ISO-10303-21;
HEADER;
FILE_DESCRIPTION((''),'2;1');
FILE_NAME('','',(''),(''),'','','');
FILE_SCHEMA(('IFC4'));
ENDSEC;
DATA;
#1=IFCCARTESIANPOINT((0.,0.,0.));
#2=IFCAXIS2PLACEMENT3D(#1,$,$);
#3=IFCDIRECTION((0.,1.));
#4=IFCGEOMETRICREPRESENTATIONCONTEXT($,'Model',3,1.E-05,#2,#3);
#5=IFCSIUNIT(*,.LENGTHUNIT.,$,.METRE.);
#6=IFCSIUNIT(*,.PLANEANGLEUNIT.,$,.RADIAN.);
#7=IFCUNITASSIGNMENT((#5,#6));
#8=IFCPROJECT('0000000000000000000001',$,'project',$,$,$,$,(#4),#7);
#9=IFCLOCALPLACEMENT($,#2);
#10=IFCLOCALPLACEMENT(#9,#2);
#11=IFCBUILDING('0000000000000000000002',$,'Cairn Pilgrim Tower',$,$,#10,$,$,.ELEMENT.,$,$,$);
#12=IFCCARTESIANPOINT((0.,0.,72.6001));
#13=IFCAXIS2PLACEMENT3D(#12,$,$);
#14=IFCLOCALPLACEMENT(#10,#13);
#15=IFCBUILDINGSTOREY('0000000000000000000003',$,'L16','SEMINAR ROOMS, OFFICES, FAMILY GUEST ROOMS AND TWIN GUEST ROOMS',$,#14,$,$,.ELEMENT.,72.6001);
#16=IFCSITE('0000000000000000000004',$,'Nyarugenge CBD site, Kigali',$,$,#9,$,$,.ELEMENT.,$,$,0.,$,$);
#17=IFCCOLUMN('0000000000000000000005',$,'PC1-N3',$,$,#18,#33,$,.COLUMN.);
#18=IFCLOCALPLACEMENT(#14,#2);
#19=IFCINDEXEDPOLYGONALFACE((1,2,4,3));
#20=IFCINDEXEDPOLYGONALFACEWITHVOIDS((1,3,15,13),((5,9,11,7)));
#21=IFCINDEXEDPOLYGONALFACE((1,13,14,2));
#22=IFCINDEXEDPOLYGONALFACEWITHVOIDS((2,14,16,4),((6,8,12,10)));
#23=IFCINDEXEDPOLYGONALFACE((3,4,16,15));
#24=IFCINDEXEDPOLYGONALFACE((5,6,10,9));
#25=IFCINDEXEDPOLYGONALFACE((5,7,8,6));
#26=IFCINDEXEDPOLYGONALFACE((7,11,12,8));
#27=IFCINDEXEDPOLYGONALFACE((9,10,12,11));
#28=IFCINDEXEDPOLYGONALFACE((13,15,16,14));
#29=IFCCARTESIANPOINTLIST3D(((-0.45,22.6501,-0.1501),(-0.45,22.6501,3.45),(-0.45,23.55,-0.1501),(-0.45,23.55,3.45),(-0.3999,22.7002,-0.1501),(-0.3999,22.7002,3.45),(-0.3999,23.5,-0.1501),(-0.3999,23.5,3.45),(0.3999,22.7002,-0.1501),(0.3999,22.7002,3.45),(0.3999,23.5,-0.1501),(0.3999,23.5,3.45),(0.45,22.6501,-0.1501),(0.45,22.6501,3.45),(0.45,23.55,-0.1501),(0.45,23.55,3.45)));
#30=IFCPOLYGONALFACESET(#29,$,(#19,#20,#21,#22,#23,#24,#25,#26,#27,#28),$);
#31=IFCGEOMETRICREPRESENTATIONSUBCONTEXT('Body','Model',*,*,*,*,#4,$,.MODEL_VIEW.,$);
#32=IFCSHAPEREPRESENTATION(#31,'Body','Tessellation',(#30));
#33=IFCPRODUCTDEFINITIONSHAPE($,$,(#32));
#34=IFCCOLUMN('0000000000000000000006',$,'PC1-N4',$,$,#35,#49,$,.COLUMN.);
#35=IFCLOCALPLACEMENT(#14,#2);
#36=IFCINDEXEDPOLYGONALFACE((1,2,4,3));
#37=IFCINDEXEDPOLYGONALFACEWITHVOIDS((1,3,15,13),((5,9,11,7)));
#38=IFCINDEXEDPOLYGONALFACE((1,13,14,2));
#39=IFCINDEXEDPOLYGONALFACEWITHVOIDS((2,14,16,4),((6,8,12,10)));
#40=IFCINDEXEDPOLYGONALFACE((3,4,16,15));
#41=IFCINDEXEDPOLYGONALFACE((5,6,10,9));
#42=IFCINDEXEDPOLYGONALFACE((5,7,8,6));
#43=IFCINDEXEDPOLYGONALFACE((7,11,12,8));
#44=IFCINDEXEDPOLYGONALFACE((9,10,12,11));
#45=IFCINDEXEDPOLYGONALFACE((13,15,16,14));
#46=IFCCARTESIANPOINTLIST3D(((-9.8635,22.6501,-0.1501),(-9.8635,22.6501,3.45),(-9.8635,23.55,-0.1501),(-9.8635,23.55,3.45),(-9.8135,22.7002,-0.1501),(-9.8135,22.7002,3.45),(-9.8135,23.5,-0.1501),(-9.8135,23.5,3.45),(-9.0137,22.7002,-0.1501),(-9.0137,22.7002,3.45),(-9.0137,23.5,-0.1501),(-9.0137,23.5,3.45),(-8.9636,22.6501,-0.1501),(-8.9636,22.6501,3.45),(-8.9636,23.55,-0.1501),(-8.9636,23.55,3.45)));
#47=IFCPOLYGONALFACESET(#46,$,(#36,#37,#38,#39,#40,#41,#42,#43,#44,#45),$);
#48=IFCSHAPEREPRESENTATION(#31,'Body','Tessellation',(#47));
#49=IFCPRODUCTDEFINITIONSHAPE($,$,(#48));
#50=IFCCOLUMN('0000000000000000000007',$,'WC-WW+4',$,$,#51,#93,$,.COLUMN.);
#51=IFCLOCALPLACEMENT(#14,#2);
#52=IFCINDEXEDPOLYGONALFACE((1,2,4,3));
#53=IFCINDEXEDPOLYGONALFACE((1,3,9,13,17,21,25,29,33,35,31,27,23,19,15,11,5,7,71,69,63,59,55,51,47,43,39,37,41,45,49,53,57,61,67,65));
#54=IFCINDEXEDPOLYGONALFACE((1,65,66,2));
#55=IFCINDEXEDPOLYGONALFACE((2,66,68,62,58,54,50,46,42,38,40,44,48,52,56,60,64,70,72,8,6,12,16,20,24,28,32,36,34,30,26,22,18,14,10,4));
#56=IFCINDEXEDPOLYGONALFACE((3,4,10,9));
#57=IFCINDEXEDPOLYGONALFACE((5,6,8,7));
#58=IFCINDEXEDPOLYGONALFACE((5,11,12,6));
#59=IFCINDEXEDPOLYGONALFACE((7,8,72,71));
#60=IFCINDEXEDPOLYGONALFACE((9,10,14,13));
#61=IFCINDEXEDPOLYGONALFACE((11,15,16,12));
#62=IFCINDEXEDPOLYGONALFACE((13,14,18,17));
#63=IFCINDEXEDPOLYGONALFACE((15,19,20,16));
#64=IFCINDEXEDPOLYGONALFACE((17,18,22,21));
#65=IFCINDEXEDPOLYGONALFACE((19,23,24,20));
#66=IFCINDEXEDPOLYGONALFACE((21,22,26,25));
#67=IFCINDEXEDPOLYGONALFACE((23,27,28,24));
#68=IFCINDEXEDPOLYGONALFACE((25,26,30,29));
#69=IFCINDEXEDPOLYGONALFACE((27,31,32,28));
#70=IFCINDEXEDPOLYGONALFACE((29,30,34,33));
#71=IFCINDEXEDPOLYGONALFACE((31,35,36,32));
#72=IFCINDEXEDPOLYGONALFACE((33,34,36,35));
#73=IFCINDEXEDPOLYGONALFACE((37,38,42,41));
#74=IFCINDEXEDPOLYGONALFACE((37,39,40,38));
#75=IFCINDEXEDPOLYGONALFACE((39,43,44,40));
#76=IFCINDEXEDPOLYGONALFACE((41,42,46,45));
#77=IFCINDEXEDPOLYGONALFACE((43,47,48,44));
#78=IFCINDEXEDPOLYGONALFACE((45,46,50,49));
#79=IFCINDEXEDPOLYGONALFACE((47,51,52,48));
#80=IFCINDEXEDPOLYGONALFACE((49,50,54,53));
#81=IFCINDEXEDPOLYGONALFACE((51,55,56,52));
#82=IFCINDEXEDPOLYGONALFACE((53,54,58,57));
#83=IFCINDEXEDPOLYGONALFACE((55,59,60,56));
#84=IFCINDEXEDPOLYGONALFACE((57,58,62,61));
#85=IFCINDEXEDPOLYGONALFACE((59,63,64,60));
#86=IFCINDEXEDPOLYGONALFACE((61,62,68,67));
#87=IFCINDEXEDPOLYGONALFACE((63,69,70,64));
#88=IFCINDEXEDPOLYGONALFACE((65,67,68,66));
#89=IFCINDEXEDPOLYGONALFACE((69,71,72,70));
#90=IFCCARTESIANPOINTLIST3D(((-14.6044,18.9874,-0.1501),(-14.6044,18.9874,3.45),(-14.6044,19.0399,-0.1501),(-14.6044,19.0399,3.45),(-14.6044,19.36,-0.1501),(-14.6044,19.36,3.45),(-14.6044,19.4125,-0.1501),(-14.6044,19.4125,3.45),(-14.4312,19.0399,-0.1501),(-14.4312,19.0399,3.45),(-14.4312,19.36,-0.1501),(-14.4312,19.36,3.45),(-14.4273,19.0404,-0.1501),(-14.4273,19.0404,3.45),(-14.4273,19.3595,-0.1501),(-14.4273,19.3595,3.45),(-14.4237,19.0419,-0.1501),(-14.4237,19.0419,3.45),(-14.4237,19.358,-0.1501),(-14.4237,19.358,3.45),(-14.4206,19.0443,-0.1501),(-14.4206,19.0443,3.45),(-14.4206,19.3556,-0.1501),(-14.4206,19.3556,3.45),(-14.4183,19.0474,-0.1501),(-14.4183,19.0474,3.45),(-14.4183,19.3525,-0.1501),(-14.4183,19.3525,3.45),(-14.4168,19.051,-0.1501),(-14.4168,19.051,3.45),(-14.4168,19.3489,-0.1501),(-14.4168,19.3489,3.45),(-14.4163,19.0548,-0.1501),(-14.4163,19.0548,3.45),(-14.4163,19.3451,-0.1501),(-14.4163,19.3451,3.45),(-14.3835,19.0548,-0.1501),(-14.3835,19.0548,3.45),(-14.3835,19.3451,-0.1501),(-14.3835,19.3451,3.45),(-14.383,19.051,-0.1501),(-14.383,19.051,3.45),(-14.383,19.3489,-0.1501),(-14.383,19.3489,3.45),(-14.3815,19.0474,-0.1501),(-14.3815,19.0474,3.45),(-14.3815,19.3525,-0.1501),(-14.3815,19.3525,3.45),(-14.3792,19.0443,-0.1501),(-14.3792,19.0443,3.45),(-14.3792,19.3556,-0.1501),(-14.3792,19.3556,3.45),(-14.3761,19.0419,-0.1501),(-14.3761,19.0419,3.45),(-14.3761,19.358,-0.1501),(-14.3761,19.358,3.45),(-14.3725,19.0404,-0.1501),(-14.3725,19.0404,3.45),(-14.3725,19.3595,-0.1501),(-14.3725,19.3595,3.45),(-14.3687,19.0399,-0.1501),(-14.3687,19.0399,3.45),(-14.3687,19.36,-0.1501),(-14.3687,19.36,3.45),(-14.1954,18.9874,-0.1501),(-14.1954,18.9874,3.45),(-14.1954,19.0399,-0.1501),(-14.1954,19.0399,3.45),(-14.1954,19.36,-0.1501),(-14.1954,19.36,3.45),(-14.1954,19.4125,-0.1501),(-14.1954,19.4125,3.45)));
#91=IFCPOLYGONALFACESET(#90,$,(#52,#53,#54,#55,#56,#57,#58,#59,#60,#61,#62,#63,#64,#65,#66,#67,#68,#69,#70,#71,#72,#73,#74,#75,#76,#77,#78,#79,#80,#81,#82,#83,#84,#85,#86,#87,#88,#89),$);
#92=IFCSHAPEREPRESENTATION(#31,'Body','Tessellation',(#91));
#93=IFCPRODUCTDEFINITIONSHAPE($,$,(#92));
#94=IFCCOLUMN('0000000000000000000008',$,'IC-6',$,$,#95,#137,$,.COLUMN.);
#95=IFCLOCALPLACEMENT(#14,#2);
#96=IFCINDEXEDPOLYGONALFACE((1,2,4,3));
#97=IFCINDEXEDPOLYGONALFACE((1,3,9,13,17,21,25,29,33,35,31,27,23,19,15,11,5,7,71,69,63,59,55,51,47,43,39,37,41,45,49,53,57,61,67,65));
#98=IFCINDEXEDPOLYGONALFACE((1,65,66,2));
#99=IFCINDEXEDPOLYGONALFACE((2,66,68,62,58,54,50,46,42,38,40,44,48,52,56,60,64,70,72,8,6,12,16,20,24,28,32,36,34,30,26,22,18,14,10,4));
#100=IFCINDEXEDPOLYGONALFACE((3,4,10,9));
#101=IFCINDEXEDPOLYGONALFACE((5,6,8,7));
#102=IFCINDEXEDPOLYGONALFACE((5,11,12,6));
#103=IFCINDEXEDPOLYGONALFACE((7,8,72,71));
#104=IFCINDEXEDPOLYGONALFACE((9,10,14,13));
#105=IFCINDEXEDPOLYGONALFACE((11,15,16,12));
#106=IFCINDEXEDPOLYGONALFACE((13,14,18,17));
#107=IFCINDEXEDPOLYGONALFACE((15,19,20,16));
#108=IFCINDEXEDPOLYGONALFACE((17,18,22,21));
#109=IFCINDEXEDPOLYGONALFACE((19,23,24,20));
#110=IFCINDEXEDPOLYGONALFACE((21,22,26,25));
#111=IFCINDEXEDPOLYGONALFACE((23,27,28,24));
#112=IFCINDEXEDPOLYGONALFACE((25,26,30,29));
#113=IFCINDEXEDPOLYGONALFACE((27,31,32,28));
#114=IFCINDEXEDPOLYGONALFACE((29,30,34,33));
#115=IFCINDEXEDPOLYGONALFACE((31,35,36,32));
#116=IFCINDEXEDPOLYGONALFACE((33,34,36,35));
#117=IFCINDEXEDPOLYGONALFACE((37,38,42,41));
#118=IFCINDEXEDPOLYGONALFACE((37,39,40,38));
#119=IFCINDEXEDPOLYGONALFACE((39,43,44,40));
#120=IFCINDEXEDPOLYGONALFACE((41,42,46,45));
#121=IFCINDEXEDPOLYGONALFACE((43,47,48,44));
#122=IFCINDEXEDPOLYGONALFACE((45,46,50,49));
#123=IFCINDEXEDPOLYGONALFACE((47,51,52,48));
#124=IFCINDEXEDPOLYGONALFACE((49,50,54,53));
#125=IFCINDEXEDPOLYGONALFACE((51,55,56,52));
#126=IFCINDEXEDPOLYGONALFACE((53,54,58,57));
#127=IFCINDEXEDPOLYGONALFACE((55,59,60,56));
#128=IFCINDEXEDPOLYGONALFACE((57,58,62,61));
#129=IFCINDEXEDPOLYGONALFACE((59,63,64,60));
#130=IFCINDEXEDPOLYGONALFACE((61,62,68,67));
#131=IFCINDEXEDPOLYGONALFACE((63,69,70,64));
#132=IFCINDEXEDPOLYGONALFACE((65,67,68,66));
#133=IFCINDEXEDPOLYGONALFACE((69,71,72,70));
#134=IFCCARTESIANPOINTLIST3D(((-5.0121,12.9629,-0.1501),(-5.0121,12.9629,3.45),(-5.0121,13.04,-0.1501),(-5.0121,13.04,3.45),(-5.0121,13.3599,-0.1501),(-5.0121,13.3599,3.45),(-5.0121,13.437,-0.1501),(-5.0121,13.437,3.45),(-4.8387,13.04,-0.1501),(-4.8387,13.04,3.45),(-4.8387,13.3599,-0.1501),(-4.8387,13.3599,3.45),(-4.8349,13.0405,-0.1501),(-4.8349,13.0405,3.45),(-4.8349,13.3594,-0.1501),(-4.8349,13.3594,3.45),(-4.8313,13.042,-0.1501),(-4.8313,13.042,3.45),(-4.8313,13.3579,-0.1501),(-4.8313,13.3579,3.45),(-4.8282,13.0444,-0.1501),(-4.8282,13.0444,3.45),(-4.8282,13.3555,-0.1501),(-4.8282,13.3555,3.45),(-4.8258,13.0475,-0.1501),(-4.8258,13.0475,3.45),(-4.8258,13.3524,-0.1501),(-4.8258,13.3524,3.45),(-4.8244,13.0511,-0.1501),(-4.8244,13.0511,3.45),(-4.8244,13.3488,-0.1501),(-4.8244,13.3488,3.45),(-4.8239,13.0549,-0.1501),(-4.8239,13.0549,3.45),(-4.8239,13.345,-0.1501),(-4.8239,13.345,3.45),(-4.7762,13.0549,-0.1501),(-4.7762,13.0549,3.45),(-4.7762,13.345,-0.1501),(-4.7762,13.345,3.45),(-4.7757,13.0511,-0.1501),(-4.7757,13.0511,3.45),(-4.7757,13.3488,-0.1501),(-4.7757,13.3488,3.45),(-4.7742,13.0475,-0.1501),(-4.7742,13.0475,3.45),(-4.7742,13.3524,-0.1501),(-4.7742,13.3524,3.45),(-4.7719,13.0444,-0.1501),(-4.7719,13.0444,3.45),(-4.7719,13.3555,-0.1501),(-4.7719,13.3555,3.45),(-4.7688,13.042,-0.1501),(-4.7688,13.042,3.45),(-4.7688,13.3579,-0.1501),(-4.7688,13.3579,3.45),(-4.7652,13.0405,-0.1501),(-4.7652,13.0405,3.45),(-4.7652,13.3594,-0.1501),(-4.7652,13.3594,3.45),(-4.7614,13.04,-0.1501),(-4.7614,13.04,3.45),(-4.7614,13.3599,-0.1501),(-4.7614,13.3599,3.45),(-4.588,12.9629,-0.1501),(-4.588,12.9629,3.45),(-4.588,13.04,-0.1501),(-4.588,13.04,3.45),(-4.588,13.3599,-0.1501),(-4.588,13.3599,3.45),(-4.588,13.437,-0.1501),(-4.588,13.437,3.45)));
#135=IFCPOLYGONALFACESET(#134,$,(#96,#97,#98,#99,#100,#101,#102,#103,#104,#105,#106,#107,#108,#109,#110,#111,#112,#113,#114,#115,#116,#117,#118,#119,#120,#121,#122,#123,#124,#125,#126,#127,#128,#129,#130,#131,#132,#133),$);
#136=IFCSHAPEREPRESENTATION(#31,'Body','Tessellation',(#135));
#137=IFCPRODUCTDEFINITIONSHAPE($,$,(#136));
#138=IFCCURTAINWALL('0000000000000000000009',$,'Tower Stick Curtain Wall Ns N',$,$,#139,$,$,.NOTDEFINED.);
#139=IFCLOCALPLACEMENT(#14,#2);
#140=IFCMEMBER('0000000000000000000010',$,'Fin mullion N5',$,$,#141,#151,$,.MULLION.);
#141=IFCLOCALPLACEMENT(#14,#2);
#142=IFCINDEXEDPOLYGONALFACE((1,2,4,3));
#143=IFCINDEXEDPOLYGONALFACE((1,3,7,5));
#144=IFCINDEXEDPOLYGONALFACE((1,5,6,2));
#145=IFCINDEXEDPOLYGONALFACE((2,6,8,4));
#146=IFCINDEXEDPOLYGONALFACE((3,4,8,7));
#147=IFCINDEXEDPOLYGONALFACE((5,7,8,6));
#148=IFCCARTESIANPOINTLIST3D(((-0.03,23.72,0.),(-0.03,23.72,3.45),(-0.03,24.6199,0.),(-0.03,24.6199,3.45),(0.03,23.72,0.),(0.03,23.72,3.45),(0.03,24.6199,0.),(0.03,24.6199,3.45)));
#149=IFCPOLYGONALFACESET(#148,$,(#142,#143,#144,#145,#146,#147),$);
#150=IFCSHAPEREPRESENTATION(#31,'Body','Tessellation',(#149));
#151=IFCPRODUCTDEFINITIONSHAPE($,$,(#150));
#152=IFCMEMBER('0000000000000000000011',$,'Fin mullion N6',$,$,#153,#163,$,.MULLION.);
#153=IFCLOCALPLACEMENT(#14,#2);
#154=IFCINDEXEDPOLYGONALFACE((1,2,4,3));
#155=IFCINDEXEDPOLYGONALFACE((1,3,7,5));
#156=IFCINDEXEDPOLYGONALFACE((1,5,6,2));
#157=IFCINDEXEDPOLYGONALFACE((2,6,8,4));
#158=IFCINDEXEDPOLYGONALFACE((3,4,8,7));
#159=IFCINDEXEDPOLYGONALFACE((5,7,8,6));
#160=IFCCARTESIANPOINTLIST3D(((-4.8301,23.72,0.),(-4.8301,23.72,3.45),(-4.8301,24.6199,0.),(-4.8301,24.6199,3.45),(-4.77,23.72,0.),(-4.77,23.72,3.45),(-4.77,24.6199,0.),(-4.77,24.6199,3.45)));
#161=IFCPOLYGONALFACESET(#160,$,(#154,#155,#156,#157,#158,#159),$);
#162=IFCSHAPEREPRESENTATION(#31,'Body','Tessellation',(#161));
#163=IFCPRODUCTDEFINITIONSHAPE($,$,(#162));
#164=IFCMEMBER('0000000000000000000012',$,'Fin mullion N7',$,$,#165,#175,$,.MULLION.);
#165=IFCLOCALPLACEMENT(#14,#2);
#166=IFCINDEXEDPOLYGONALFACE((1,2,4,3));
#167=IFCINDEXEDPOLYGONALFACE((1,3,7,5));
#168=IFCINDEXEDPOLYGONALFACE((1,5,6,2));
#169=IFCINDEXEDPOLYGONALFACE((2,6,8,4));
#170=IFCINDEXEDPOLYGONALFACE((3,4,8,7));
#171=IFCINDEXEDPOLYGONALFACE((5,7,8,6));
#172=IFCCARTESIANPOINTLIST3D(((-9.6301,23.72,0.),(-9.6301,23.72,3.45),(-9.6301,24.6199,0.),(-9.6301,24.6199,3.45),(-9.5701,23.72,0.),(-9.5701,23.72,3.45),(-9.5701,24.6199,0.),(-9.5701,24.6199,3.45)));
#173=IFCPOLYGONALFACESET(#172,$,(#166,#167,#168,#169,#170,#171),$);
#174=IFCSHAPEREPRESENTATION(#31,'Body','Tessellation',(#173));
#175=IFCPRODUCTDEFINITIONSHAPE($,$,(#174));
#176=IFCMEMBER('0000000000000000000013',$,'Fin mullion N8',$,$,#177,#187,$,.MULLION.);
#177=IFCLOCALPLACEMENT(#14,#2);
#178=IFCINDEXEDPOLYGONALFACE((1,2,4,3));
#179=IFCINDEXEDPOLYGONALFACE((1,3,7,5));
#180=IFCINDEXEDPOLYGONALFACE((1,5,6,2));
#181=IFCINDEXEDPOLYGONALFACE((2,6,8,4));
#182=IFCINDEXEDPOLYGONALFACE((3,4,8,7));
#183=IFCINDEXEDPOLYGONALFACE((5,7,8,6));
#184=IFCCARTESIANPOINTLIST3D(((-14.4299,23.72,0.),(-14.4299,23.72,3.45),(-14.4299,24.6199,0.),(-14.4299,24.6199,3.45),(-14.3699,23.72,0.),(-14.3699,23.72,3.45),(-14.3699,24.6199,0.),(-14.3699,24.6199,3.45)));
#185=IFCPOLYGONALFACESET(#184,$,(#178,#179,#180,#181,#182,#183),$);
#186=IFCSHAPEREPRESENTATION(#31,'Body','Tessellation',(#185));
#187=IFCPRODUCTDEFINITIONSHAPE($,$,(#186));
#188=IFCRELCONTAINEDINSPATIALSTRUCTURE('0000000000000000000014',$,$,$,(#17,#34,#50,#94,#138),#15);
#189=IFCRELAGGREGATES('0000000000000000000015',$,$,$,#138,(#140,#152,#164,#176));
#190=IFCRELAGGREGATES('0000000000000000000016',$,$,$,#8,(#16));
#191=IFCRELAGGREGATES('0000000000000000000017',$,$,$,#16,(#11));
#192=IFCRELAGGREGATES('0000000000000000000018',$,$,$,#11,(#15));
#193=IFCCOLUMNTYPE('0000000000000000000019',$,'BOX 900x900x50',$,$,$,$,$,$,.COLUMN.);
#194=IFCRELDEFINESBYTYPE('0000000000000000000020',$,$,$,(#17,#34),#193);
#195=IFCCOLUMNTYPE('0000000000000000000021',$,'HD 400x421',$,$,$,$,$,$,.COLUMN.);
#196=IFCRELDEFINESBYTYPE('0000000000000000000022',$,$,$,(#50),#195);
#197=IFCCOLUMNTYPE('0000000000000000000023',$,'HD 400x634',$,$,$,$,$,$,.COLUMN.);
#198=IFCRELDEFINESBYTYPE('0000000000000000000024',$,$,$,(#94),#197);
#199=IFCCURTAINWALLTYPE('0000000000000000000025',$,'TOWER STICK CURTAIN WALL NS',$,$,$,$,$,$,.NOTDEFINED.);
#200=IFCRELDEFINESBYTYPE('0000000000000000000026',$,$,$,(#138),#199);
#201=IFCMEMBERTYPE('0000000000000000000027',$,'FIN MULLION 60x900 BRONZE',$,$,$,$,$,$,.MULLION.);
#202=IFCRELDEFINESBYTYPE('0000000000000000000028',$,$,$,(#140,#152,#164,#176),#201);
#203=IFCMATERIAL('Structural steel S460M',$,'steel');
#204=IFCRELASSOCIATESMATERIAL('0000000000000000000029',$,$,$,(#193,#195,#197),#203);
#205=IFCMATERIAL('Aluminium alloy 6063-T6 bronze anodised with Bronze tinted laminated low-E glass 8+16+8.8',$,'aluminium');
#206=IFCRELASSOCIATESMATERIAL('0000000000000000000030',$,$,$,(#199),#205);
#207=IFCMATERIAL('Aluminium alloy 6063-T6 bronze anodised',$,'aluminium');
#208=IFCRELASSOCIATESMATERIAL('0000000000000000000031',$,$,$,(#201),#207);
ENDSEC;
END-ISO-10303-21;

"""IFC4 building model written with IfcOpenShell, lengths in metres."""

from ifc_helpers import new_model, si_unit, direction, frame, origin, origin_2d, place, context, subcontext, project, spatial, rectangle, hollow_rectangle, i_section, extrude, material, material_profile, profile_set, type_object, element, aggregate, save


model = new_model("IFC4")

# Units and contexts
model_context = context("Model", 3, precision=1e-05, world=origin(), true_north=direction((0.0, 1.0)))
body_context = subcontext(model_context, "Body", "Model", "MODEL_VIEW")
ifc_project = project(units=[si_unit("LENGTHUNIT", "METRE"), si_unit("PLANEANGLEUNIT", "RADIAN")], contexts=[model_context])

# Site, building, storey
site_placement = place(None, origin())
site = spatial("IfcSite", under=ifc_project, at=site_placement, Name="Nyarugenge CBD site, Kigali", CompositionType="ELEMENT", RefElevation=0.0)
building_placement = place(site_placement, origin())
building = spatial("IfcBuilding", under=site, at=building_placement, Name="Cairn Pilgrim Tower", CompositionType="ELEMENT")
storey_placement = place(building_placement, frame((0.0, 0.0, 72.6001)))
storey = spatial("IfcBuildingStorey", under=building, at=storey_placement, Name="L16", Description="SEMINAR ROOMS, OFFICES, FAMILY GUEST ROOMS AND TWIN GUEST ROOMS", CompositionType="ELEMENT", Elevation=72.6001)

# Columns
ifc_material_1 = material(Name="Structural steel S460M", Category="steel")
ifc_material_profile_1 = material_profile(ifc_material_1, hollow_rectangle(XDim=0.8999, YDim=0.8999, WallThickness=0.05, at=origin_2d()), Name="BOX 900x900x50")
ifc_profile_set_1 = profile_set([ifc_material_profile_1], Name="Structural steel S460M")
column_type_1 = type_object("IfcColumnType", Name="BOX 900x900x50", PredefinedType="COLUMN", material=ifc_profile_set_1)
for number, where, z_axis, x_axis, name in (
    (1, (0.0, 23.1001, -0.1501), (0.0, 0.0, 1.0), (1.0, 0.0, 0.0), "PC1-N3"),
    (2, (-9.4136, 23.1001, -0.1501), (0.0, 0.0, 1.0), (1.0, 0.0, 0.0), "PC1-N4"),
):
    element("IfcColumn", number, at=place(storey_placement, frame(where, z_axis=z_axis, x_axis=x_axis)), inside=storey, type_object=column_type_1, Name=name, PredefinedType="COLUMN", context=body_context, shape_type="SweptSolid", body=[
        extrude(hollow_rectangle(XDim=0.8999, YDim=0.8999, WallThickness=0.05, at=origin_2d()), origin(), (0.0, 0.0, 1.0), 3.6001),
    ])
ifc_material_profile_2 = material_profile(ifc_material_1, i_section(OverallWidth=0.4089, OverallDepth=0.425, WebThickness=0.0327, FlangeThickness=0.0525, FilletRadius=0.0149, at=origin_2d()), Name="HD 400x421")
ifc_profile_set_2 = profile_set([ifc_material_profile_2], Name="Structural steel S460M")
column_type_2 = type_object("IfcColumnType", Name="HD 400x421", PredefinedType="COLUMN", material=ifc_profile_set_2)
column_1_placement = place(storey_placement, frame((-14.3999, 19.2, -0.1501), z_axis=(0.0, 0.0, 1.0), x_axis=(1.0, 0.0, 0.0)))
element("IfcColumn", 3, at=column_1_placement, inside=storey, type_object=column_type_2, Name="WC-WW+4", PredefinedType="COLUMN", context=body_context, shape_type="SweptSolid", body=[
    extrude(i_section(OverallWidth=0.4089, OverallDepth=0.425, WebThickness=0.0327, FlangeThickness=0.0525, FilletRadius=0.0149, at=origin_2d()), origin(), (0.0, 0.0, 1.0), 3.6001),
])
ifc_material_profile_3 = material_profile(ifc_material_1, i_section(OverallWidth=0.4241, OverallDepth=0.4741, WebThickness=0.0476, FlangeThickness=0.0771, FilletRadius=0.0149, at=origin_2d()), Name="HD 400x634")
ifc_profile_set_3 = profile_set([ifc_material_profile_3], Name="Structural steel S460M")
column_type_3 = type_object("IfcColumnType", Name="HD 400x634", PredefinedType="COLUMN", material=ifc_profile_set_3)
column_2_placement = place(storey_placement, frame((-4.8, 13.2, -0.1501), z_axis=(0.0, 0.0, 1.0), x_axis=(1.0, 0.0, 0.0)))
element("IfcColumn", 4, at=column_2_placement, inside=storey, type_object=column_type_3, Name="IC-6", PredefinedType="COLUMN", context=body_context, shape_type="SweptSolid", body=[
    extrude(i_section(OverallWidth=0.4241, OverallDepth=0.4741, WebThickness=0.0476, FlangeThickness=0.0771, FilletRadius=0.0149, at=origin_2d()), origin(), (0.0, 0.0, 1.0), 3.6001),
])

# Curtain wall, members
ifc_material_2 = material(Name="Aluminium alloy 6063-T6 bronze anodised with Bronze tinted laminated low-E glass 8+16+8.8", Category="aluminium")
curtain_wall_type = type_object("IfcCurtainWallType", Name="TOWER STICK CURTAIN WALL NS", PredefinedType="NOTDEFINED", material=ifc_material_2)
curtain_wall_placement = place(storey_placement, origin())
curtain_wall = element("IfcCurtainWall", 5, at=curtain_wall_placement, inside=storey, type_object=curtain_wall_type, Name="Tower Stick Curtain Wall Ns N", PredefinedType="NOTDEFINED")
ifc_material_3 = material(Name="Aluminium alloy 6063-T6 bronze anodised", Category="aluminium")
ifc_material_profile_4 = material_profile(ifc_material_3, rectangle(XDim=0.8999, YDim=0.0601, at=origin_2d()), Name="FIN MULLION 60x900 BRONZE")
ifc_profile_set_4 = profile_set([ifc_material_profile_4], Name="Aluminium alloy 6063-T6 bronze anodised")
member_type_1 = type_object("IfcMemberType", Name="FIN MULLION 60x900 BRONZE", PredefinedType="MULLION", material=ifc_profile_set_4)
member_1_placement = place(storey_placement, frame((0.0, 24.1699, 0.0), z_axis=(0.0, 0.0, 1.0), x_axis=(0.0, 1.0, 0.0)))
member_1 = element("IfcMember", 6, at=member_1_placement, type_object=member_type_1, Name="Fin mullion N5", PredefinedType="MULLION", context=body_context, shape_type="SweptSolid", body=[
    extrude(rectangle(XDim=0.8999, YDim=0.0601, at=origin_2d()), origin(), (0.0, 0.0, 1.0), 3.45),
])
member_2_placement = place(storey_placement, frame((-4.8, 24.1699, 0.0), z_axis=(0.0, 0.0, 1.0), x_axis=(0.0, 1.0, 0.0)))
member_2 = element("IfcMember", 7, at=member_2_placement, type_object=member_type_1, Name="Fin mullion N6", PredefinedType="MULLION", context=body_context, shape_type="SweptSolid", body=[
    extrude(rectangle(XDim=0.8999, YDim=0.0601, at=origin_2d()), origin(), (0.0, 0.0, 1.0), 3.45),
])
member_3_placement = place(storey_placement, frame((-9.6001, 24.1699, 0.0), z_axis=(0.0, 0.0, 1.0), x_axis=(0.0, 1.0, 0.0)))
member_3 = element("IfcMember", 8, at=member_3_placement, type_object=member_type_1, Name="Fin mullion N7", PredefinedType="MULLION", context=body_context, shape_type="SweptSolid", body=[
    extrude(rectangle(XDim=0.8999, YDim=0.0601, at=origin_2d()), origin(), (0.0, 0.0, 1.0), 3.45),
])
member_4_placement = place(storey_placement, frame((-14.3999, 24.1699, 0.0), z_axis=(0.0, 0.0, 1.0), x_axis=(0.0, 1.0, 0.0)))
member_4 = element("IfcMember", 9, at=member_4_placement, type_object=member_type_1, Name="Fin mullion N8", PredefinedType="MULLION", context=body_context, shape_type="SweptSolid", body=[
    extrude(rectangle(XDim=0.8999, YDim=0.0601, at=origin_2d()), origin(), (0.0, 0.0, 1.0), 3.45),
])

aggregate(curtain_wall, [member_1, member_2, member_3, member_4])

save(model, "model.ifc")
